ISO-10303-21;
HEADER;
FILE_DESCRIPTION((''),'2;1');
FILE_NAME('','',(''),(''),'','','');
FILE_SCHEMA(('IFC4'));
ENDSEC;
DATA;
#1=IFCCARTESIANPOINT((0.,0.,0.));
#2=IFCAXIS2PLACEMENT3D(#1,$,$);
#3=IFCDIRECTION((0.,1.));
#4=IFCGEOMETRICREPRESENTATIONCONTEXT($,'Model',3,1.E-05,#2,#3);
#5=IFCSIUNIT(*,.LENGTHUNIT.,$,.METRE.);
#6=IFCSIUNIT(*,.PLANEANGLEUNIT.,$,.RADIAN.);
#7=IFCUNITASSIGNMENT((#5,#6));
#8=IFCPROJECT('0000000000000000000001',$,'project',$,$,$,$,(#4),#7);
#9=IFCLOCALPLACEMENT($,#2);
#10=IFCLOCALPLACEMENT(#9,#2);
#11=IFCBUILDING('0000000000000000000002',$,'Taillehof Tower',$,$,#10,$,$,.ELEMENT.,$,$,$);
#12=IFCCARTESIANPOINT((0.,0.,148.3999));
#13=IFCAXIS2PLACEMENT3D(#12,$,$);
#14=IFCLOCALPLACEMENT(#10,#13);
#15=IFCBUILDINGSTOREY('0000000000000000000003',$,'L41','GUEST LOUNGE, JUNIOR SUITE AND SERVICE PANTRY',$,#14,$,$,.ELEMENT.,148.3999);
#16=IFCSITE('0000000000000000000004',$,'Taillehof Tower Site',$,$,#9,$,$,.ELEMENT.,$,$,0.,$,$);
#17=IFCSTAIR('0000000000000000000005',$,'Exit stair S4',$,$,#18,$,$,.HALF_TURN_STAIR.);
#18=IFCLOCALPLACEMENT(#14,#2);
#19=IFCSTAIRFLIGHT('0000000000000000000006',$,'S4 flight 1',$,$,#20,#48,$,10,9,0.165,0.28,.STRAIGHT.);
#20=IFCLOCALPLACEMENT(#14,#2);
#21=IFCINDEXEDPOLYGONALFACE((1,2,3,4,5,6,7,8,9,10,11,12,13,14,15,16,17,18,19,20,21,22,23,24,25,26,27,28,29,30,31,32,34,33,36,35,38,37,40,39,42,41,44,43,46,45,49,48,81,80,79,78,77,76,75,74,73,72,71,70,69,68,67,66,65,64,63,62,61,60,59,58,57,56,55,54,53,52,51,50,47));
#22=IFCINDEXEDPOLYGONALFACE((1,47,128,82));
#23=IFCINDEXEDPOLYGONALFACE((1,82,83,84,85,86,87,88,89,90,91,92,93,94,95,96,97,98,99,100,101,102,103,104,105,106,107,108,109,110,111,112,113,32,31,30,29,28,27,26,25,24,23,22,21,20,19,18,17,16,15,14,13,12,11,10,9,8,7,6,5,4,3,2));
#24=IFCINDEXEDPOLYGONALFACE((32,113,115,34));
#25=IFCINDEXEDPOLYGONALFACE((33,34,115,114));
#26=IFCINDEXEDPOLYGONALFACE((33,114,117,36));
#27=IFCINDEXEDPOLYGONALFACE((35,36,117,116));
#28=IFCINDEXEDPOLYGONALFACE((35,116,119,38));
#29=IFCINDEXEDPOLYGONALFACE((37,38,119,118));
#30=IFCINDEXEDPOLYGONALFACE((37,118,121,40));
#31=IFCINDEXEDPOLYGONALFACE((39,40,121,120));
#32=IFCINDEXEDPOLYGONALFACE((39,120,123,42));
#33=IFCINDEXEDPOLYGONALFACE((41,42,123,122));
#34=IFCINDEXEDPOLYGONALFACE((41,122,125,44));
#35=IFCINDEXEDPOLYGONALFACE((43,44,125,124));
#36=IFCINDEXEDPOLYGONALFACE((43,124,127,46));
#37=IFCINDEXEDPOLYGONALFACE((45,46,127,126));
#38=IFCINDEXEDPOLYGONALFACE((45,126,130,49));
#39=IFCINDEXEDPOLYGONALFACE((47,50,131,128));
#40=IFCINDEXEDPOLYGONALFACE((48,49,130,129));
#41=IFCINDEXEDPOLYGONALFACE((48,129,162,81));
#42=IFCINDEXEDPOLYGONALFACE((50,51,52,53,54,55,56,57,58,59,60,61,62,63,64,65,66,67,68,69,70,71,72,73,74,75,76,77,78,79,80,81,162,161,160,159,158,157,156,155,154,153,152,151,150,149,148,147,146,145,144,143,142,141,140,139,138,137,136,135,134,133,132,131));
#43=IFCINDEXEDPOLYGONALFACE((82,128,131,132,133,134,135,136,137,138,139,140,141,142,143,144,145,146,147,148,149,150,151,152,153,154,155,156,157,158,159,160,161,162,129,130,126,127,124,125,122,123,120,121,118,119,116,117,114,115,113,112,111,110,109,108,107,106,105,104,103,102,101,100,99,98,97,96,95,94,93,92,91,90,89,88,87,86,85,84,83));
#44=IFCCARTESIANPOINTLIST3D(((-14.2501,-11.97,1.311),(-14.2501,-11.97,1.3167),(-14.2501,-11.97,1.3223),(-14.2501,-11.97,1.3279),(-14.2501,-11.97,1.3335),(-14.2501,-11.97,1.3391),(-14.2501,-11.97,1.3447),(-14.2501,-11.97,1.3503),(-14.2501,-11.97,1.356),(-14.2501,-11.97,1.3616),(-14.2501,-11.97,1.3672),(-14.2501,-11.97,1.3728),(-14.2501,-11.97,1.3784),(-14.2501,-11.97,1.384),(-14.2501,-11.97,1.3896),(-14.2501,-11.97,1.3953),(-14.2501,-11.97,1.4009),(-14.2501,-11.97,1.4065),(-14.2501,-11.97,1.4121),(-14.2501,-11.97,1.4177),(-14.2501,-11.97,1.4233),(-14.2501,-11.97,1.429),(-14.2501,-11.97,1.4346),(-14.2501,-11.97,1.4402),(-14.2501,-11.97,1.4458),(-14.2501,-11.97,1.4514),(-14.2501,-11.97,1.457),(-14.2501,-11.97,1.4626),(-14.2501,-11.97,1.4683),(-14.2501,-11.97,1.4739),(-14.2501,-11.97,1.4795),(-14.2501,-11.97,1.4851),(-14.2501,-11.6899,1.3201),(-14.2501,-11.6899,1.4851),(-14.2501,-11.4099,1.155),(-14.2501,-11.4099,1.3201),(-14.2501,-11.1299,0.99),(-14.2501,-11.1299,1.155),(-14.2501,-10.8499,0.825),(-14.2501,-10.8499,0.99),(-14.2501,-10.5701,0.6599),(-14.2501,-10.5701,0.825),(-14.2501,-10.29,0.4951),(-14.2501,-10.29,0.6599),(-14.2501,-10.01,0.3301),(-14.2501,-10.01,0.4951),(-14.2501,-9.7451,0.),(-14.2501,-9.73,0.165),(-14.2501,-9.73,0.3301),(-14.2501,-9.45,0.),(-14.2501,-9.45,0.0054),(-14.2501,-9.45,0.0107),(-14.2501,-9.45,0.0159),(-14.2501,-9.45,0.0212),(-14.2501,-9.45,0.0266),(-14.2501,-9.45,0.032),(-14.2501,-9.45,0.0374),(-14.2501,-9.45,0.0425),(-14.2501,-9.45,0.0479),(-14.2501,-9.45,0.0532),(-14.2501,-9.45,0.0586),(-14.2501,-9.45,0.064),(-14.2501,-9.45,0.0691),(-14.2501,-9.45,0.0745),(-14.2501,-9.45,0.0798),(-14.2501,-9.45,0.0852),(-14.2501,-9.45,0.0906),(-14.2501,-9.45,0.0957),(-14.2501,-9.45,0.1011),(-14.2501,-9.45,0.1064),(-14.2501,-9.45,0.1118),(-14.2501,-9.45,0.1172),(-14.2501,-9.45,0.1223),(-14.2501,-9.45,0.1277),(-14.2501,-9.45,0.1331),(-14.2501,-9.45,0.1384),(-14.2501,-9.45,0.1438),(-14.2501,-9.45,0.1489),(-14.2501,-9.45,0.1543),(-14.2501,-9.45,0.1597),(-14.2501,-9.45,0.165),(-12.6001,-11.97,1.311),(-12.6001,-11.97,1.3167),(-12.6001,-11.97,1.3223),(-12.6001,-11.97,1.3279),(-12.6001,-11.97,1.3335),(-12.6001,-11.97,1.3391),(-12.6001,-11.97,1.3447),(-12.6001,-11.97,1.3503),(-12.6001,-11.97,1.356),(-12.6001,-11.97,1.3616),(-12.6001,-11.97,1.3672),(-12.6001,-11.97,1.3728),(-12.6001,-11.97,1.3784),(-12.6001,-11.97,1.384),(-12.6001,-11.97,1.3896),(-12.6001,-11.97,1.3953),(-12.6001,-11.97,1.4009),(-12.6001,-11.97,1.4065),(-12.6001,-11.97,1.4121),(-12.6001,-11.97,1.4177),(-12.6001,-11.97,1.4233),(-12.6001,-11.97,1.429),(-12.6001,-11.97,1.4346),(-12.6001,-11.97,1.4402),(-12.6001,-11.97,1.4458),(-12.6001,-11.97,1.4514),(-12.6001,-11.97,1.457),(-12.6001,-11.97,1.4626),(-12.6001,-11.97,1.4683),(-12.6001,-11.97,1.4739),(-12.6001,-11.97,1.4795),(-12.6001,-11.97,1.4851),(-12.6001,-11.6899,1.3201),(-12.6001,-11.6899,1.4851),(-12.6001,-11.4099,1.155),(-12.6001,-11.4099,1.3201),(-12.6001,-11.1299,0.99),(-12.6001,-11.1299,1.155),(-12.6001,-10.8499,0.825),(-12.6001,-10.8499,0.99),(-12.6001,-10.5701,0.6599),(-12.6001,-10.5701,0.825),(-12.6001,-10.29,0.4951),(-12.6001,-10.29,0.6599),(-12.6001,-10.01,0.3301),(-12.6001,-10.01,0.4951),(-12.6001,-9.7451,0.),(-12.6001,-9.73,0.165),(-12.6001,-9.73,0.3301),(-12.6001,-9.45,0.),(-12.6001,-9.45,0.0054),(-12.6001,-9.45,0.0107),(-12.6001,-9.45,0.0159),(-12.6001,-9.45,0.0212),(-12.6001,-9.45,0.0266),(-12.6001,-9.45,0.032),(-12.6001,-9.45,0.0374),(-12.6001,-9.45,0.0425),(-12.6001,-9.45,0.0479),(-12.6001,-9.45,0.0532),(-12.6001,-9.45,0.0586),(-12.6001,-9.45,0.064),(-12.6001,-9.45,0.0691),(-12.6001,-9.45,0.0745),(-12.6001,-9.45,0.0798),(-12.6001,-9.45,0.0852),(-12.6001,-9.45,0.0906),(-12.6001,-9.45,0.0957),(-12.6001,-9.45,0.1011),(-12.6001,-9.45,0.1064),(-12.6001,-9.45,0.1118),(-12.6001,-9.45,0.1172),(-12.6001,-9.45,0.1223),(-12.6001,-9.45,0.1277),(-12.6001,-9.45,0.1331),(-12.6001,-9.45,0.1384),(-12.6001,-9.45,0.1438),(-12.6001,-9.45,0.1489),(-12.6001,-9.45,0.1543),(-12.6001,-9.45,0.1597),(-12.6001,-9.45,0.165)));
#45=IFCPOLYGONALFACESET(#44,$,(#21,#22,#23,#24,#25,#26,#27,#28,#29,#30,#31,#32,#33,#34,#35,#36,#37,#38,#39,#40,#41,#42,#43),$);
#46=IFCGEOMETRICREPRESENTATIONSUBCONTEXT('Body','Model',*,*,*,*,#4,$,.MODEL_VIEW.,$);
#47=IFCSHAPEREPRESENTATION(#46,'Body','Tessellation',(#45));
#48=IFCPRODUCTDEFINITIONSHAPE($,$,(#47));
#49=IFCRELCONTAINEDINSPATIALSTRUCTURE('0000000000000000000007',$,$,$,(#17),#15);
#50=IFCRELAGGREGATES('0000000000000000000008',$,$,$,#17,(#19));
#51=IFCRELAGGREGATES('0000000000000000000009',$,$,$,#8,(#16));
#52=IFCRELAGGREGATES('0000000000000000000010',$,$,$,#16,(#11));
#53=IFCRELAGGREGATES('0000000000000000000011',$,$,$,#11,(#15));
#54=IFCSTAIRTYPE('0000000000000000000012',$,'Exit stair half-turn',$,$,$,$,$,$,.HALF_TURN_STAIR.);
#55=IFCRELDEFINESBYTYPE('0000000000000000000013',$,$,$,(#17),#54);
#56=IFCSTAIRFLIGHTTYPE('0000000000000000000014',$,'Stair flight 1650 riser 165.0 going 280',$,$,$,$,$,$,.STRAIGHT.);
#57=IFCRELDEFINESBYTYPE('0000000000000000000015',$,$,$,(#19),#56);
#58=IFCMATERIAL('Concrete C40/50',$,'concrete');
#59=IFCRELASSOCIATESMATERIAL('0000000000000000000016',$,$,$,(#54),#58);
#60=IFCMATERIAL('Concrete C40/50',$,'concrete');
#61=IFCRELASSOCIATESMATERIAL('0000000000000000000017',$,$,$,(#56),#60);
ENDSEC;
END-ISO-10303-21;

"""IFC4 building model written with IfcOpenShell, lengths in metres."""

from ifc_helpers import new_model, si_unit, direction, frame, origin, place, context, subcontext, project, spatial, polyline, outline, extrude, material, type_object, element, aggregate, save


model = new_model("IFC4")

# Units and contexts
model_context = context("Model", 3, precision=1e-05, world=origin(), true_north=direction((0.0, 1.0)))
body_context = subcontext(model_context, "Body", "Model", "MODEL_VIEW")
ifc_project = project(units=[si_unit("LENGTHUNIT", "METRE"), si_unit("PLANEANGLEUNIT", "RADIAN")], contexts=[model_context])

# Site, building, storey
site_placement = place(None, origin())
site = spatial("IfcSite", under=ifc_project, at=site_placement, Name="Taillehof Tower Site", CompositionType="ELEMENT", RefElevation=0.0)
building_placement = place(site_placement, origin())
building = spatial("IfcBuilding", under=site, at=building_placement, Name="Taillehof Tower", CompositionType="ELEMENT")
storey_placement = place(building_placement, frame((0.0, 0.0, 148.3999)))
storey = spatial("IfcBuildingStorey", under=building, at=storey_placement, Name="L41", Description="GUEST LOUNGE, JUNIOR SUITE AND SERVICE PANTRY", CompositionType="ELEMENT", Elevation=148.3999)

# Stair, stair flight
ifc_material_1 = material(Name="Concrete C40/50", Category="concrete")
stair_type = type_object("IfcStairType", Name="Exit stair half-turn", PredefinedType="HALF_TURN_STAIR", material=ifc_material_1)
stair_placement = place(storey_placement, origin())
stair = element("IfcStair", 1, at=stair_placement, inside=storey, type_object=stair_type, Name="Exit stair S4", PredefinedType="HALF_TURN_STAIR")
ifc_material_2 = material(Name="Concrete C40/50", Category="concrete")
stair_flight_type = type_object("IfcStairFlightType", Name="Stair flight 1650 riser 165.0 going 280", PredefinedType="STRAIGHT", material=ifc_material_2)
stair_flight_placement = place(storey_placement, frame((-13.425, -9.45, 0.0), z_axis=(0.0, 0.0, 1.0), x_axis=(0.0, -1.0, 0.0)))
stair_flight = element("IfcStairFlight", 2, at=stair_flight_placement, type_object=stair_flight_type, Name="S4 flight 1", NumberOfRisers=10, NumberOfTreads=9, PredefinedType="STRAIGHT", RiserHeight=0.165, TreadLength=0.28, context=body_context, shape_type="SweptSolid", body=[
    extrude(outline(polyline([(0.0, 0.0), (0.0, 0.0054), (0.0, 0.0107), (0.0, 0.0159), (0.0, 0.0212), (0.0, 0.0266), (0.0, 0.032), (0.0, 0.0374), (0.0, 0.0425), (0.0, 0.0479), (0.0, 0.0532), (0.0, 0.0586), (0.0, 0.064), (0.0, 0.0691), (0.0, 0.0745), (0.0, 0.0798), (0.0, 0.0852), (0.0, 0.0906), (0.0, 0.0957), (0.0, 0.1011), (0.0, 0.1064), (0.0, 0.1118), (0.0, 0.1172), (0.0, 0.1223), (0.0, 0.1277), (0.0, 0.1331), (0.0, 0.1384), (0.0, 0.1438), (0.0, 0.1489), (0.0, 0.1543), (0.0, 0.1597), (0.0, 0.165), (0.28, 0.165), (0.28, 0.3301), (0.5601, 0.3301), (0.5601, 0.4951), (0.8401, 0.4951), (0.8401, 0.6599), (1.1201, 0.6599), (1.1201, 0.825), (1.3999, 0.825), (1.3999, 0.99), (1.6799, 0.99), (1.6799, 1.155), (1.96, 1.155), (1.96, 1.3201), (2.24, 1.3201), (2.24, 1.4851), (2.52, 1.4851), (2.52, 1.4795), (2.52, 1.4739), (2.52, 1.4683), (2.52, 1.4626), (2.52, 1.457), (2.52, 1.4514), (2.52, 1.4458), (2.52, 1.4402), (2.52, 1.4346), (2.52, 1.429), (2.52, 1.4233), (2.52, 1.4177), (2.52, 1.4121), (2.52, 1.4065), (2.52, 1.4009), (2.52, 1.3953), (2.52, 1.3896), (2.52, 1.384), (2.52, 1.3784), (2.52, 1.3728), (2.52, 1.3672), (2.52, 1.3616), (2.52, 1.356), (2.52, 1.3503), (2.52, 1.3447), (2.52, 1.3391), (2.52, 1.3335), (2.52, 1.3279), (2.52, 1.3223), (2.52, 1.3167), (2.52, 1.311), (0.2952, 0.0), (0.0, 0.0)])), frame((0.0, 0.825, 0.0), z_axis=(0.0, -1.0, 0.0), x_axis=(1.0, 0.0, 0.0)), (0.0, 0.0, 1.0), 1.65),
])
aggregate(stair, [stair_flight])

save(model, "model.ifc")
